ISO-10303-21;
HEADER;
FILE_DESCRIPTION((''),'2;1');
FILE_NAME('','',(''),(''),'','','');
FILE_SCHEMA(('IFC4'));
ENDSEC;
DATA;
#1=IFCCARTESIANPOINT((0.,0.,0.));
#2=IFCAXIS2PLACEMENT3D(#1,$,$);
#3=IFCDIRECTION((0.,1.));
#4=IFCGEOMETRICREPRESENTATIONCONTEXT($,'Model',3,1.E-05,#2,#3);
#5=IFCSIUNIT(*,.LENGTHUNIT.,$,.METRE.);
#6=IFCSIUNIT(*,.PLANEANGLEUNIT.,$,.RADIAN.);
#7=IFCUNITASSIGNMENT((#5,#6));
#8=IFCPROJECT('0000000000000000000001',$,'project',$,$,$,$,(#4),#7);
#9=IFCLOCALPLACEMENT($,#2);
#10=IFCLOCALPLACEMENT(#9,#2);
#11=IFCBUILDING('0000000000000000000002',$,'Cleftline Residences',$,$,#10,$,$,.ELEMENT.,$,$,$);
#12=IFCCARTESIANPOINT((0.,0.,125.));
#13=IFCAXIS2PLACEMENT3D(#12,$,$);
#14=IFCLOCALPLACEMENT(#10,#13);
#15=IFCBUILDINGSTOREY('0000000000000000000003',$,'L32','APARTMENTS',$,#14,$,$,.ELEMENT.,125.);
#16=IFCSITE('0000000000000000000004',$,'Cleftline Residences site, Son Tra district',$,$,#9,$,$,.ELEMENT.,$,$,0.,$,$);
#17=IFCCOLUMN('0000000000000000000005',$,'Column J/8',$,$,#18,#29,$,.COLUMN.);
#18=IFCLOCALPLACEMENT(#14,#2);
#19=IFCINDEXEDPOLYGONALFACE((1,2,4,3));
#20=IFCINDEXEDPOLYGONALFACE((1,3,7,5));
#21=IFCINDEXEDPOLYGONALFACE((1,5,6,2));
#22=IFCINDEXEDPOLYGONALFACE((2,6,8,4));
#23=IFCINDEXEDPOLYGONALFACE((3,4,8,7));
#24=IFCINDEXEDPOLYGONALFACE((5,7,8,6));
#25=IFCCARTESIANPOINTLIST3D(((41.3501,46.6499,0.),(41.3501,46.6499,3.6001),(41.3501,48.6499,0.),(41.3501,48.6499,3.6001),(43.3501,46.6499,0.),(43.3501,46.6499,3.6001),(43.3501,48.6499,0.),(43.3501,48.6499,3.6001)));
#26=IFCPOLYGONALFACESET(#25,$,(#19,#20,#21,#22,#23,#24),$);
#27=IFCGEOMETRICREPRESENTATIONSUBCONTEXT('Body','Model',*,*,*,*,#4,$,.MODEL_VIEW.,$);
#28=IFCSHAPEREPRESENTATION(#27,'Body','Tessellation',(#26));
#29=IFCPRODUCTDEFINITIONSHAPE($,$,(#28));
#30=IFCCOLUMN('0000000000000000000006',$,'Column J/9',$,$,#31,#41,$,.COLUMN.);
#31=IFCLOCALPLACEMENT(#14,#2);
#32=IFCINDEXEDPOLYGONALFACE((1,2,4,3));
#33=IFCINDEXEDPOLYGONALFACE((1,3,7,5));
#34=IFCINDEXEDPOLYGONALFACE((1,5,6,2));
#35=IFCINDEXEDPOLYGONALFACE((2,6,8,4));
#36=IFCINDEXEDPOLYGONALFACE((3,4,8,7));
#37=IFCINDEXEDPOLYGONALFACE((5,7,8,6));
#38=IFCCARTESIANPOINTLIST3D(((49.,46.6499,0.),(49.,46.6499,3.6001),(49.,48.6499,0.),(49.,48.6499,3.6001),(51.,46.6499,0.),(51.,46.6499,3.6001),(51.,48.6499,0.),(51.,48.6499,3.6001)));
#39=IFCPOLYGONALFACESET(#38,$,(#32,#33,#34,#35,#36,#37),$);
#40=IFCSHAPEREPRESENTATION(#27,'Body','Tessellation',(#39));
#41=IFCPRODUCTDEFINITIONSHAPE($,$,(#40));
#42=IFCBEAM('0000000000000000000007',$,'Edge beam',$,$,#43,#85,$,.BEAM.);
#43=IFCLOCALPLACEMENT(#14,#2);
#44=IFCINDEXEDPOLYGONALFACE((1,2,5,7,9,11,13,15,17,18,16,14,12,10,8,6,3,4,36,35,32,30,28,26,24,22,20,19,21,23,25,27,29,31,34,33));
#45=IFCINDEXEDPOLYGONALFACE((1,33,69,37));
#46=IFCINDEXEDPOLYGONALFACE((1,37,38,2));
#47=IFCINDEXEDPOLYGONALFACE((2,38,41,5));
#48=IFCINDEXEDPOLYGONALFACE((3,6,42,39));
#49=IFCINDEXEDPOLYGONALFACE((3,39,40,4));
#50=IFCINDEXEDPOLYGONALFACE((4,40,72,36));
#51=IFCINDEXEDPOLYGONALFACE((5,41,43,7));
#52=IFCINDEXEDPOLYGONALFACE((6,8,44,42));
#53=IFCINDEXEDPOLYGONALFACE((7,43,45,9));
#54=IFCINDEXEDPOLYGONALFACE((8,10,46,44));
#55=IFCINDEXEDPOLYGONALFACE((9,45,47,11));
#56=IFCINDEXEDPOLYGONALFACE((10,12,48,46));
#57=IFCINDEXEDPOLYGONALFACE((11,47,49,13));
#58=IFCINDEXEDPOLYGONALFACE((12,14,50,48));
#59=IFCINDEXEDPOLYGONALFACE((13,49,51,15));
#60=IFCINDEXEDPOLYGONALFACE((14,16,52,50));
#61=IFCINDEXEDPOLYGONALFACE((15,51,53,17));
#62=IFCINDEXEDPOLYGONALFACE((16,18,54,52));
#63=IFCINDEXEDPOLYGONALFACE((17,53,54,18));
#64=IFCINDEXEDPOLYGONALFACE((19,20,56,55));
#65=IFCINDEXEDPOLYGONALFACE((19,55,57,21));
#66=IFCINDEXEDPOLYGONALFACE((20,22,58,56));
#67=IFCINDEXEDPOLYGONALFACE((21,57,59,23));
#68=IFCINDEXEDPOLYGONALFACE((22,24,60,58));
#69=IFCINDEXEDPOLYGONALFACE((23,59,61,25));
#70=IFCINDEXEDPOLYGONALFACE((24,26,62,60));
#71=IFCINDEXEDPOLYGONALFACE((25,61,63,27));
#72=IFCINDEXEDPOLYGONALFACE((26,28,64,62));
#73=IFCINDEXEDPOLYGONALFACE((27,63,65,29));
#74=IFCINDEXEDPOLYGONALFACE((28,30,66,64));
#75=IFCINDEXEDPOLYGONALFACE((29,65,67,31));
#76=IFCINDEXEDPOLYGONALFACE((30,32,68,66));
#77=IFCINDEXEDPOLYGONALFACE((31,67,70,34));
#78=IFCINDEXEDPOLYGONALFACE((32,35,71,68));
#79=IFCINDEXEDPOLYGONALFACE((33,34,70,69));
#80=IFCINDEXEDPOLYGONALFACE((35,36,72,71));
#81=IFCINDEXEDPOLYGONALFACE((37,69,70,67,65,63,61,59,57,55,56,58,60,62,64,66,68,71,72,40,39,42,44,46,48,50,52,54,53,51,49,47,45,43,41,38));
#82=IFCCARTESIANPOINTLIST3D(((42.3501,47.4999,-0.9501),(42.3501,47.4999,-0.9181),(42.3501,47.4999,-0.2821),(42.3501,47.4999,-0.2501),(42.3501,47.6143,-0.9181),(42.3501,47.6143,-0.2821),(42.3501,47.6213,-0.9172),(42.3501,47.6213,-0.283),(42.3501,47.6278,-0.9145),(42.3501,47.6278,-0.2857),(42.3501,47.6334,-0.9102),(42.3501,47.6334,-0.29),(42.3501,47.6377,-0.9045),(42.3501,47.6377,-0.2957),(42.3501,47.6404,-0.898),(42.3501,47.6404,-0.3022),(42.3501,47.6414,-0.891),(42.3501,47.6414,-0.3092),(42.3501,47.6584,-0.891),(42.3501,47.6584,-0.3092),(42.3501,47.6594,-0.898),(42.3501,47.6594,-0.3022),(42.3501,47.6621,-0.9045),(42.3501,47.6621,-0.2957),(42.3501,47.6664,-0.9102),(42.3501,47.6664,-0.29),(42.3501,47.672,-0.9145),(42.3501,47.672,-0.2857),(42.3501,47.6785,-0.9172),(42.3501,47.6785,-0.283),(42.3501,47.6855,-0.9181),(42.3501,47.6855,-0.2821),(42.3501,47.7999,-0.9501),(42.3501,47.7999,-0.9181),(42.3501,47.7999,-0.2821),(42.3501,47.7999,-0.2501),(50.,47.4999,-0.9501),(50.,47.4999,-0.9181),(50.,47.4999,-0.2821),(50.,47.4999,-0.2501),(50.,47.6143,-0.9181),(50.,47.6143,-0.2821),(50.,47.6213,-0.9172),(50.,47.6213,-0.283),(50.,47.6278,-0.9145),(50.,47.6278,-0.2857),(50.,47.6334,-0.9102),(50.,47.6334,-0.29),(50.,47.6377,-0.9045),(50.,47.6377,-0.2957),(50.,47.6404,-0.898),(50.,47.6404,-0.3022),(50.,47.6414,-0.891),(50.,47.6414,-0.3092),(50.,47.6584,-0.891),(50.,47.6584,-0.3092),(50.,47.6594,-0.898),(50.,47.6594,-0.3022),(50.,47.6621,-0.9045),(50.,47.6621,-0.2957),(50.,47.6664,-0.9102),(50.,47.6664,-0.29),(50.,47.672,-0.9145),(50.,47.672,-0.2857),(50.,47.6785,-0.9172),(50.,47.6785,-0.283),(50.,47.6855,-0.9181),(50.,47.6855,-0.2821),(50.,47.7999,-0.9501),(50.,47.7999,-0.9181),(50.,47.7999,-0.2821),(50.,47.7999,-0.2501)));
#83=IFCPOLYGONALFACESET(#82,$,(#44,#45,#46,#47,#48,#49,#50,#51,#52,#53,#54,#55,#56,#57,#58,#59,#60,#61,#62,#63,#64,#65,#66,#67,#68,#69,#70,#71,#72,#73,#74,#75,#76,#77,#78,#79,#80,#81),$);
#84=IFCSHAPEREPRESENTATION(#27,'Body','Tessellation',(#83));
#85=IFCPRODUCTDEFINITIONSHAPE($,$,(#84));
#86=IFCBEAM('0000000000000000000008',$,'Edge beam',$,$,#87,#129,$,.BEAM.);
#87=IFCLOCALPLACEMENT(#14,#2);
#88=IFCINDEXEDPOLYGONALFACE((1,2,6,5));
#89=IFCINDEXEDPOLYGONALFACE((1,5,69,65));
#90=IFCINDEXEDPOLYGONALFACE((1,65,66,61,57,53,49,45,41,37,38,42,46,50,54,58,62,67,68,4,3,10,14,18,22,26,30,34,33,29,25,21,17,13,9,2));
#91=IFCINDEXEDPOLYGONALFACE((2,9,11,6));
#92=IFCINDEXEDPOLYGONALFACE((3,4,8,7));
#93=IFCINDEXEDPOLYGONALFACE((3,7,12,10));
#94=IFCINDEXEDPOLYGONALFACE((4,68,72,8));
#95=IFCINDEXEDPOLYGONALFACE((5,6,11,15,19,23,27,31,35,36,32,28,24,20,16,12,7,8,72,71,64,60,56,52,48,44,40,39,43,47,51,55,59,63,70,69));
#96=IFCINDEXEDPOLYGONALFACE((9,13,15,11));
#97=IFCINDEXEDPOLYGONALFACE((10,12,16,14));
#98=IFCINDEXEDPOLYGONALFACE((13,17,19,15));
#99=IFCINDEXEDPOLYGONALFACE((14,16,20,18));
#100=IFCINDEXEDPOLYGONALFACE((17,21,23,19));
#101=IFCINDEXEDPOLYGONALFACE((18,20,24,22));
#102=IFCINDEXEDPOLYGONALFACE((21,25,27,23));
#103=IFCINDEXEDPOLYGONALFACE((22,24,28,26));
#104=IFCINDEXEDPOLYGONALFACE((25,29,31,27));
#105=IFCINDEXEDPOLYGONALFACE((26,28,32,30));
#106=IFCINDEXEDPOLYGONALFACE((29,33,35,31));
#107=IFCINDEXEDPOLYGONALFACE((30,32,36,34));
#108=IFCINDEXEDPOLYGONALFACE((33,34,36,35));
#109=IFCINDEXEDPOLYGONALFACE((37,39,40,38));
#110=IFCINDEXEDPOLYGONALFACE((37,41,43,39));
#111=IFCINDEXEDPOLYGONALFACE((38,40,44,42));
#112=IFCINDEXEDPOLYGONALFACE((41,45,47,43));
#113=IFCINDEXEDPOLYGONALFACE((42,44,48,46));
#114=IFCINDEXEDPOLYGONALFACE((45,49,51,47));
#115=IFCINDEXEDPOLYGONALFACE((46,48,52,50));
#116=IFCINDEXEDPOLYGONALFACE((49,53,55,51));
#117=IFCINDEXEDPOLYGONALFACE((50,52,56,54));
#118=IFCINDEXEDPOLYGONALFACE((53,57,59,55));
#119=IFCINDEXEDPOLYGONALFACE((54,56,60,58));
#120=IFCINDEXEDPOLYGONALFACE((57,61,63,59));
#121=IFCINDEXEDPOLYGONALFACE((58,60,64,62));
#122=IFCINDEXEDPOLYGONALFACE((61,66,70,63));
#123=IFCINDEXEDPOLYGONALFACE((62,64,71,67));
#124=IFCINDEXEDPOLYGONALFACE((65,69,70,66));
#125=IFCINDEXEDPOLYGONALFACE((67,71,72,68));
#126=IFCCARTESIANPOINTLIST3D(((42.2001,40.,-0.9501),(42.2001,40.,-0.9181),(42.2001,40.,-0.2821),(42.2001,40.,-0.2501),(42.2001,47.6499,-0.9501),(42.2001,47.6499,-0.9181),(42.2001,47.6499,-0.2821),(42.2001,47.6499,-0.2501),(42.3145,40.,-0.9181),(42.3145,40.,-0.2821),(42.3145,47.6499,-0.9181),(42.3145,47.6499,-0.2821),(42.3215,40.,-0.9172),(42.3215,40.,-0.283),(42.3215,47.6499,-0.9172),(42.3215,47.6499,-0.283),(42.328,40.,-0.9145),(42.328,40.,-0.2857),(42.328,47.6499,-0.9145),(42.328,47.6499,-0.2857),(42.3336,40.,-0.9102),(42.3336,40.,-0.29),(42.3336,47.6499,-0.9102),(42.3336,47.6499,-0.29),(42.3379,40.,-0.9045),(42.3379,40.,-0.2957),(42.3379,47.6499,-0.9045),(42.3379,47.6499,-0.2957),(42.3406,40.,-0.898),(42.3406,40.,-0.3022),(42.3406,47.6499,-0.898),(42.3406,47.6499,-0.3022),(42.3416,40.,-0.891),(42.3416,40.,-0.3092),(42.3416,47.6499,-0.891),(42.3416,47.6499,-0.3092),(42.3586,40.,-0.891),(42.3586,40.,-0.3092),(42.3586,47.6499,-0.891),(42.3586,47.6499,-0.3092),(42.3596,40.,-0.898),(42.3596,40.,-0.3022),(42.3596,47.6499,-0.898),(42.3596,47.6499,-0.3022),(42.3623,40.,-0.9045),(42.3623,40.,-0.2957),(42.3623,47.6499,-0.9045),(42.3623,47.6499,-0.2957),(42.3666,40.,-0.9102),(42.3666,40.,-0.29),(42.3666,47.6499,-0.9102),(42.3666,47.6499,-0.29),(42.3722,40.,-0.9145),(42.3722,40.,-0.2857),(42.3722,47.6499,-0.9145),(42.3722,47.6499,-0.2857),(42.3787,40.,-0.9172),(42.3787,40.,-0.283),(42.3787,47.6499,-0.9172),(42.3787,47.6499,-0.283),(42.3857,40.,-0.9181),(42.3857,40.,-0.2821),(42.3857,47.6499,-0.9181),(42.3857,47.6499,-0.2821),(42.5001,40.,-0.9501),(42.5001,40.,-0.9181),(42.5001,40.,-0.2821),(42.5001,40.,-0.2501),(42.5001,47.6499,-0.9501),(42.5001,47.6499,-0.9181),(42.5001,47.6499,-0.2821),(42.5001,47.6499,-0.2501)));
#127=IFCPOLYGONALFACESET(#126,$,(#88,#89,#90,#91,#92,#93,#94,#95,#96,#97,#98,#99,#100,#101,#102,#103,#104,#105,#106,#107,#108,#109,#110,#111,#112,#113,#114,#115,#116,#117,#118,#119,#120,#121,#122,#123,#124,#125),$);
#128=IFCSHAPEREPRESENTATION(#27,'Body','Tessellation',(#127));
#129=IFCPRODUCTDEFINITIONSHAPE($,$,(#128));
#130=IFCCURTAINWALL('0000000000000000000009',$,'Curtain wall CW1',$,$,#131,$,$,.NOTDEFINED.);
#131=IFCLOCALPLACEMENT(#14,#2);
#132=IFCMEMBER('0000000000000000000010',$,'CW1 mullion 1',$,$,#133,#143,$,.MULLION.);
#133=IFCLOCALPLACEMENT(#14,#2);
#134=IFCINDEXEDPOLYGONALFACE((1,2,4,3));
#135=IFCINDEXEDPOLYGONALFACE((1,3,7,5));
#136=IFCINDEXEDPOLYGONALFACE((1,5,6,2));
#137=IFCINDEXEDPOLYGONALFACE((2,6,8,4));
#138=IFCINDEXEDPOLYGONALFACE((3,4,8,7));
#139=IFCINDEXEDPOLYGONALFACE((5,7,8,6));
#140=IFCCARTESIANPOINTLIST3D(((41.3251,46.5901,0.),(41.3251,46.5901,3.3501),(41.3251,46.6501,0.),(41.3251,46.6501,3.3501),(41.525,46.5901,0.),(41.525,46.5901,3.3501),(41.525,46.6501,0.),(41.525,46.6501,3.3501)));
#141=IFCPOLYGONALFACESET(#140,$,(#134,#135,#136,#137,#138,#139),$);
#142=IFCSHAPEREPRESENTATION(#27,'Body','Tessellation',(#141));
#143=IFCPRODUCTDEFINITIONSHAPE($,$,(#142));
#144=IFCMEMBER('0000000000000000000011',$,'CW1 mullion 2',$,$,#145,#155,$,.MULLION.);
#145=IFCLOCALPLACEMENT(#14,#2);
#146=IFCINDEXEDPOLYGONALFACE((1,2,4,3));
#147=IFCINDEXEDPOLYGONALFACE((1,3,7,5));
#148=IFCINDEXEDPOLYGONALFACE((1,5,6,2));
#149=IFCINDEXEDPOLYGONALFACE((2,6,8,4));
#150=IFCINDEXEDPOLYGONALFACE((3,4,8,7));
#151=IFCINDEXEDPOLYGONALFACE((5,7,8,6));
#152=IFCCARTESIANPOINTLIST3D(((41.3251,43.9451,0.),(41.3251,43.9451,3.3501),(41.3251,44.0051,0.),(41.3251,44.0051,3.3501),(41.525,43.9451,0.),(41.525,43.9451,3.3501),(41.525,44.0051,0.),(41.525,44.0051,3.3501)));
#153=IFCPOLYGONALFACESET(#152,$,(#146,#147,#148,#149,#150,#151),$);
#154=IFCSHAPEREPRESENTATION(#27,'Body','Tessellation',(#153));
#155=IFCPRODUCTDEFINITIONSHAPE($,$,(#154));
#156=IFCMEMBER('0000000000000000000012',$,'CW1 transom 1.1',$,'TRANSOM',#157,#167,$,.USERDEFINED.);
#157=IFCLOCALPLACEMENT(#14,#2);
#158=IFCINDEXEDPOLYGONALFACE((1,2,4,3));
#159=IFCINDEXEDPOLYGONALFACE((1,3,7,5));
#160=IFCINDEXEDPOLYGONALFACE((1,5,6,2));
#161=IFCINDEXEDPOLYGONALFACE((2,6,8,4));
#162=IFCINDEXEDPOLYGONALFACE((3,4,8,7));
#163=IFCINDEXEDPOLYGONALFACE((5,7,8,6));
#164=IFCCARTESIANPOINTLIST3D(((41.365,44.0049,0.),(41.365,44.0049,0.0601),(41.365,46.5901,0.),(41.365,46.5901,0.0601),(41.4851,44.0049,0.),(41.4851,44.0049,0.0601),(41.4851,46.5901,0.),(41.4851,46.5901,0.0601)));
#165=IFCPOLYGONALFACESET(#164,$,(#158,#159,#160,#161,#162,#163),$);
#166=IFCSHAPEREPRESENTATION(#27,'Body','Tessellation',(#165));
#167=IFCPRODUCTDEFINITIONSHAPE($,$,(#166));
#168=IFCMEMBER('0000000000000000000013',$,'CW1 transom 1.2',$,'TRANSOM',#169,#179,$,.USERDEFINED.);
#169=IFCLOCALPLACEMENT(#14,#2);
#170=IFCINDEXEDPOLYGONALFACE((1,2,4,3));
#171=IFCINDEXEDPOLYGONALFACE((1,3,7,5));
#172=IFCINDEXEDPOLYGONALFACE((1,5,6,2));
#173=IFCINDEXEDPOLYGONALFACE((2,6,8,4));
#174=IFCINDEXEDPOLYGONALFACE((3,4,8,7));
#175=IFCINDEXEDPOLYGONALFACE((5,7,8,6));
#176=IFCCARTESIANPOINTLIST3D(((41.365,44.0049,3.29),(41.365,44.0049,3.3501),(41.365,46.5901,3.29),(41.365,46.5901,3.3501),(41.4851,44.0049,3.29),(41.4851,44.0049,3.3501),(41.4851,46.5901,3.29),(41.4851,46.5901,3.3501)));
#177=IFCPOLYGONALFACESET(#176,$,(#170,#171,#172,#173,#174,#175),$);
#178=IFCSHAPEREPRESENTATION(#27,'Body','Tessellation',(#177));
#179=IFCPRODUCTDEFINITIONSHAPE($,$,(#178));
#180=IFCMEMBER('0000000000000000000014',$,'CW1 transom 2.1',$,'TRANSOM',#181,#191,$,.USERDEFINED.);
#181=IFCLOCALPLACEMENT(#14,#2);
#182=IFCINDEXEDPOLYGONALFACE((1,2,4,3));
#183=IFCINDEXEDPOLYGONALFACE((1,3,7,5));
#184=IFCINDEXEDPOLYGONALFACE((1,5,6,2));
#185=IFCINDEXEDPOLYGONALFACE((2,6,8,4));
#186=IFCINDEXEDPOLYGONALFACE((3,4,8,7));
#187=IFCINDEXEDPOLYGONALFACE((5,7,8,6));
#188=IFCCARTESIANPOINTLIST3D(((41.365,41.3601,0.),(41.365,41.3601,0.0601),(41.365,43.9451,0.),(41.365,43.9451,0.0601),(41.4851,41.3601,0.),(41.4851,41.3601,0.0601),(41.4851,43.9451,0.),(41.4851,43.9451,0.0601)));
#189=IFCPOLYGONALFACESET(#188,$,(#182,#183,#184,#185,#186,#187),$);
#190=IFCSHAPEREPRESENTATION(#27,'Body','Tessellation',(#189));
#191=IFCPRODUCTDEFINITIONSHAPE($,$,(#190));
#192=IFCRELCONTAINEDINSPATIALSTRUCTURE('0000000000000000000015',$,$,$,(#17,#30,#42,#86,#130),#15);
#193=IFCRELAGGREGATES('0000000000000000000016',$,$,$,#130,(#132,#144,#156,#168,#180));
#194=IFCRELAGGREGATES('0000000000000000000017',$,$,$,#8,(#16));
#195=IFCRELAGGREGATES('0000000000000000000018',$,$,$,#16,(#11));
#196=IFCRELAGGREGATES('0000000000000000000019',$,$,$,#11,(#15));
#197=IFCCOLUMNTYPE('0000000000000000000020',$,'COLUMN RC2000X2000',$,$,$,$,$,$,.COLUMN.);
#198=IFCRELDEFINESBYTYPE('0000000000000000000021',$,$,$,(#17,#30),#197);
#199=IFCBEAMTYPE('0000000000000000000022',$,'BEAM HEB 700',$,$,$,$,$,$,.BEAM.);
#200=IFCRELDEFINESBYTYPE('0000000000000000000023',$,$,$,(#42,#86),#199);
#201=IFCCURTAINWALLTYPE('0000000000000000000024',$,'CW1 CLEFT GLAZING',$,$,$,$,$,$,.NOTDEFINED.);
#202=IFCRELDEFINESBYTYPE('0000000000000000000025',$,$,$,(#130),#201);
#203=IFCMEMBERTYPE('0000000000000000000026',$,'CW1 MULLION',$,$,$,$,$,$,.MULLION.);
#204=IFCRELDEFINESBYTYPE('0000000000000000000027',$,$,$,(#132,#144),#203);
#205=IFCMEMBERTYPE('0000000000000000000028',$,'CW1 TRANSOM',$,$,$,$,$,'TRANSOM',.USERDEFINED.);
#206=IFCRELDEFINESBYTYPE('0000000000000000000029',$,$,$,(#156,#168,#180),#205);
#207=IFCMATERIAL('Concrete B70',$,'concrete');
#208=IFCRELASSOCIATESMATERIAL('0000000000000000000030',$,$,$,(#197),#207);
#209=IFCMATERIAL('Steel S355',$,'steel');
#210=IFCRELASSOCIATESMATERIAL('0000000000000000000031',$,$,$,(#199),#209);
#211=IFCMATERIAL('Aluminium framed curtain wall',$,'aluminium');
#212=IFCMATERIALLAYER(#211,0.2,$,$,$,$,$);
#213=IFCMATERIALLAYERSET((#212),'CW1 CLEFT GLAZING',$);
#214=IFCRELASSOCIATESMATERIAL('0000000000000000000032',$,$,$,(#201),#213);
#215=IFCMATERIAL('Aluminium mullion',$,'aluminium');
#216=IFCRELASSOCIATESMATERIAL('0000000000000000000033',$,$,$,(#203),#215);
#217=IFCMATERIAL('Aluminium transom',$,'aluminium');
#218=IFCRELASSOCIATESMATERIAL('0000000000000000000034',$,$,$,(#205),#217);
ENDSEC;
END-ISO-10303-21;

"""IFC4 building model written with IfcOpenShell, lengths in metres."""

from ifc_helpers import new_model, si_unit, direction, frame, origin, origin_2d, place, context, subcontext, project, spatial, rectangle, i_section, extrude, material, layer, layer_set, material_profile, profile_set, type_object, element, aggregate, save


model = new_model("IFC4")

# Units and contexts
model_context = context("Model", 3, precision=1e-05, world=origin(), true_north=direction((0.0, 1.0)))
body_context = subcontext(model_context, "Body", "Model", "MODEL_VIEW")
ifc_project = project(units=[si_unit("LENGTHUNIT", "METRE"), si_unit("PLANEANGLEUNIT", "RADIAN")], contexts=[model_context])

# Site, building, storey
site_placement = place(None, origin())
site = spatial("IfcSite", under=ifc_project, at=site_placement, Name="Cleftline Residences site, Son Tra district", CompositionType="ELEMENT", RefElevation=0.0)
building_placement = place(site_placement, origin())
building = spatial("IfcBuilding", under=site, at=building_placement, Name="Cleftline Residences", CompositionType="ELEMENT")
storey_placement = place(building_placement, frame((0.0, 0.0, 125.0)))
storey = spatial("IfcBuildingStorey", under=building, at=storey_placement, Name="L32", Description="APARTMENTS", CompositionType="ELEMENT", Elevation=125.0)

# Columns
ifc_material_1 = material(Name="Concrete B70", Category="concrete")
ifc_material_profile_1 = material_profile(ifc_material_1, rectangle(XDim=2.0, YDim=2.0, at=origin_2d()))
ifc_profile_set_1 = profile_set([ifc_material_profile_1], Name="Concrete B70")
column_type = type_object("IfcColumnType", Name="COLUMN RC2000X2000", PredefinedType="COLUMN", material=ifc_profile_set_1)
for number, where, z_axis, x_axis, name in (
    (1, (42.3501, 47.6499, 0.0), (0.0, 0.0, 1.0), (1.0, 0.0, 0.0), "Column J/8"),
    (2, (50.0, 47.6499, 0.0), (0.0, 0.0, 1.0), (1.0, 0.0, 0.0), "Column J/9"),
):
    element("IfcColumn", number, at=place(storey_placement, frame(where, z_axis=z_axis, x_axis=x_axis)), inside=storey, type_object=column_type, Name=name, PredefinedType="COLUMN", context=body_context, shape_type="SweptSolid", body=[
        extrude(rectangle(XDim=2.0, YDim=2.0, at=origin_2d()), origin(), (0.0, 0.0, 1.0), 3.6001),
    ])

# Beams
ifc_material_2 = material(Name="Steel S355", Category="steel")
ifc_material_profile_2 = material_profile(ifc_material_2, i_section(OverallWidth=0.3, OverallDepth=0.7, WebThickness=0.0171, FlangeThickness=0.032, FilletRadius=0.0271, at=origin_2d()))
ifc_profile_set_2 = profile_set([ifc_material_profile_2], Name="Steel S355")
beam_type = type_object("IfcBeamType", Name="BEAM HEB 700", PredefinedType="BEAM", material=ifc_profile_set_2)
for number, where, z_axis, x_axis, name in (
    (3, (50.0, 47.6499, -0.6001), (-1.0, 0.0, 0.0), (0.0, -1.0, 0.0), "Edge beam"),
    (4, (42.3501, 47.6499, -0.6001), (0.0, -1.0, 0.0), (1.0, 0.0, 0.0), "Edge beam"),
):
    element("IfcBeam", number, at=place(storey_placement, frame(where, z_axis=z_axis, x_axis=x_axis)), inside=storey, type_object=beam_type, Name=name, PredefinedType="BEAM", context=body_context, shape_type="SweptSolid", body=[
        extrude(i_section(OverallWidth=0.3, OverallDepth=0.7, WebThickness=0.0171, FlangeThickness=0.032, FilletRadius=0.0271, at=origin_2d()), origin(), (0.0, 0.0, 1.0), 7.6499),
    ])

# Curtain wall, members
ifc_material_3 = material(Name="Aluminium framed curtain wall", Category="aluminium")
ifc_layer_1 = layer(ifc_material_3, 0.2)
ifc_layer_set_1 = layer_set([ifc_layer_1], Name="CW1 CLEFT GLAZING")
curtain_wall_type = type_object("IfcCurtainWallType", Name="CW1 CLEFT GLAZING", PredefinedType="NOTDEFINED", material=ifc_layer_set_1)
curtain_wall_placement = place(storey_placement, origin())
curtain_wall = element("IfcCurtainWall", 5, at=curtain_wall_placement, inside=storey, type_object=curtain_wall_type, Name="Curtain wall CW1", PredefinedType="NOTDEFINED")
ifc_material_4 = material(Name="Aluminium mullion", Category="aluminium")
ifc_material_profile_3 = material_profile(ifc_material_4, rectangle(XDim=0.2, YDim=0.0601, at=origin_2d()))
ifc_profile_set_3 = profile_set([ifc_material_profile_3], Name="Aluminium mullion")
member_type_1 = type_object("IfcMemberType", Name="CW1 MULLION", PredefinedType="MULLION", material=ifc_profile_set_3)
member_1_placement = place(storey_placement, frame((41.425, 46.6201, 0.0), z_axis=(0.0, 0.0, 1.0), x_axis=(1.0, 0.0, 0.0)))
member_1 = element("IfcMember", 6, at=member_1_placement, type_object=member_type_1, Name="CW1 mullion 1", PredefinedType="MULLION", context=body_context, shape_type="SweptSolid", body=[
    extrude(rectangle(XDim=0.2, YDim=0.0601, at=origin_2d()), origin(), (0.0, 0.0, 1.0), 3.3501),
])
member_2_placement = place(storey_placement, frame((41.425, 43.9751, 0.0), z_axis=(0.0, 0.0, 1.0), x_axis=(1.0, 0.0, 0.0)))
member_2 = element("IfcMember", 7, at=member_2_placement, type_object=member_type_1, Name="CW1 mullion 2", PredefinedType="MULLION", context=body_context, shape_type="SweptSolid", body=[
    extrude(rectangle(XDim=0.2, YDim=0.0601, at=origin_2d()), origin(), (0.0, 0.0, 1.0), 3.3501),
])
ifc_material_5 = material(Name="Aluminium transom", Category="aluminium")
ifc_material_profile_4 = material_profile(ifc_material_5, rectangle(XDim=0.1201, YDim=0.0601, at=origin_2d()))
ifc_profile_set_4 = profile_set([ifc_material_profile_4], Name="Aluminium transom")
member_type_2 = type_object("IfcMemberType", Name="CW1 TRANSOM", ElementType="TRANSOM", PredefinedType="USERDEFINED", material=ifc_profile_set_4)
member_3_placement = place(storey_placement, frame((41.425, 46.5901, 0.03), z_axis=(0.0, -1.0, 0.0), x_axis=(1.0, 0.0, 0.0)))
member_3 = element("IfcMember", 8, at=member_3_placement, type_object=member_type_2, Name="CW1 transom 1.1", ObjectType="TRANSOM", PredefinedType="USERDEFINED", context=body_context, shape_type="SweptSolid", body=[
    extrude(rectangle(XDim=0.1201, YDim=0.0601, at=origin_2d()), origin(), (0.0, 0.0, 1.0), 2.5852),
])
member_4_placement = place(storey_placement, frame((41.425, 46.5901, 3.3201), z_axis=(0.0, -1.0, 0.0), x_axis=(1.0, 0.0, 0.0)))
member_4 = element("IfcMember", 9, at=member_4_placement, type_object=member_type_2, Name="CW1 transom 1.2", ObjectType="TRANSOM", PredefinedType="USERDEFINED", context=body_context, shape_type="SweptSolid", body=[
    extrude(rectangle(XDim=0.1201, YDim=0.0601, at=origin_2d()), origin(), (0.0, 0.0, 1.0), 2.5852),
])
member_5_placement = place(storey_placement, frame((41.425, 43.9451, 0.03), z_axis=(0.0, -1.0, 0.0), x_axis=(1.0, 0.0, 0.0)))
member_5 = element("IfcMember", 10, at=member_5_placement, type_object=member_type_2, Name="CW1 transom 2.1", ObjectType="TRANSOM", PredefinedType="USERDEFINED", context=body_context, shape_type="SweptSolid", body=[
    extrude(rectangle(XDim=0.1201, YDim=0.0601, at=origin_2d()), origin(), (0.0, 0.0, 1.0), 2.585),
])
aggregate(curtain_wall, [member_1, member_2, member_3, member_4, member_5])

save(model, "model.ifc")
